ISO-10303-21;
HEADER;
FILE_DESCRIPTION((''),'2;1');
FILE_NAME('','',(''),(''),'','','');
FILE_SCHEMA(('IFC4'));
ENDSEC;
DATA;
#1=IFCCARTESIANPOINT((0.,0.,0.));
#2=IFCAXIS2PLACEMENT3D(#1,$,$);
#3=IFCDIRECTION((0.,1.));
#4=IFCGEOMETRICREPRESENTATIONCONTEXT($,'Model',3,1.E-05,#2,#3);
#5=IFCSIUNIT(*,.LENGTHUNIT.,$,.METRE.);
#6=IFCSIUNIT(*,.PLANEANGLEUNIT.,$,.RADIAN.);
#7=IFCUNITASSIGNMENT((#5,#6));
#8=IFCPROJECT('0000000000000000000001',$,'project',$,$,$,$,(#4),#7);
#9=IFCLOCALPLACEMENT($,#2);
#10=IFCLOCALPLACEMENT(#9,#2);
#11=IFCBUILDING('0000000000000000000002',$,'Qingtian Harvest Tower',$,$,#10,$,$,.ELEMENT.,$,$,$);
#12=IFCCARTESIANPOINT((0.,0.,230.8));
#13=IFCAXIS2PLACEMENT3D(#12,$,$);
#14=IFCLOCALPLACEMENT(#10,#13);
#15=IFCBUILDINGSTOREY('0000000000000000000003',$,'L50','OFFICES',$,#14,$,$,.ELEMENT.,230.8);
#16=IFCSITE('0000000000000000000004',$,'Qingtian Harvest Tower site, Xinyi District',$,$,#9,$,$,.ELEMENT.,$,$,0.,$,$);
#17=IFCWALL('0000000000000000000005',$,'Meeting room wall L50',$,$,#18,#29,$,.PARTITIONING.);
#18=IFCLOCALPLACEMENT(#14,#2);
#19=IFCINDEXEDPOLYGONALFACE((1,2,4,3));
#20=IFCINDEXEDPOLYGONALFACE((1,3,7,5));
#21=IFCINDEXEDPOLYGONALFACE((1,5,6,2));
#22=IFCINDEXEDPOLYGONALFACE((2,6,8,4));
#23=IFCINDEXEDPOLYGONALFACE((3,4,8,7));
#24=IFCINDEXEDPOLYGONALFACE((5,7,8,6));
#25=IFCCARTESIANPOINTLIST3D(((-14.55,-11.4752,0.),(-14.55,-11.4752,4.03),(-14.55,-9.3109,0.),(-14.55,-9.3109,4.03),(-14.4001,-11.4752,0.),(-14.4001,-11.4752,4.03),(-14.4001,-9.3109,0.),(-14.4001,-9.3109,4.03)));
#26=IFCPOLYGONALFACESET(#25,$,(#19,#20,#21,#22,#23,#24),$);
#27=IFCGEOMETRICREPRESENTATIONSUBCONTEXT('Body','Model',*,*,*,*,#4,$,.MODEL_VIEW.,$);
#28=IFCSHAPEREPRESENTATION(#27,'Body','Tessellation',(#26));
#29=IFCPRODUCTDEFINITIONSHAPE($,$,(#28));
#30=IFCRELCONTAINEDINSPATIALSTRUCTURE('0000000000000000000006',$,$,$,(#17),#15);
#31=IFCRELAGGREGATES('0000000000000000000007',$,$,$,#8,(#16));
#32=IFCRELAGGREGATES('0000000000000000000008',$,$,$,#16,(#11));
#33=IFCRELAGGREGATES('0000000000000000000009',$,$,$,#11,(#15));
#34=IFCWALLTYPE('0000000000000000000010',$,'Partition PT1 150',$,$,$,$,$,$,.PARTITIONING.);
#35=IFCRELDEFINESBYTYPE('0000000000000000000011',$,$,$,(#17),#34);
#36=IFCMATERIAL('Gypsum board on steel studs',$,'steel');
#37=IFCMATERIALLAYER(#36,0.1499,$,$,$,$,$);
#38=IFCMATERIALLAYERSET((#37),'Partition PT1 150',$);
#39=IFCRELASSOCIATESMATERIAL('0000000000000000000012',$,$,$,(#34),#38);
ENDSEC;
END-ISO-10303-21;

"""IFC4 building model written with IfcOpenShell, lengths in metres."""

from ifc_helpers import new_model, si_unit, direction, frame, frame_2d, origin, place, context, subcontext, project, spatial, rectangle, extrude, material, layer, layer_set, type_object, element, save


model = new_model("IFC4")

# Units and contexts
model_context = context("Model", 3, precision=1e-05, world=origin(), true_north=direction((0.0, 1.0)))
body_context = subcontext(model_context, "Body", "Model", "MODEL_VIEW")
ifc_project = project(units=[si_unit("LENGTHUNIT", "METRE"), si_unit("PLANEANGLEUNIT", "RADIAN")], contexts=[model_context])

# Site, building, storey
site_placement = place(None, origin())
site = spatial("IfcSite", under=ifc_project, at=site_placement, Name="Qingtian Harvest Tower site, Xinyi District", CompositionType="ELEMENT", RefElevation=0.0)
building_placement = place(site_placement, origin())
building = spatial("IfcBuilding", under=site, at=building_placement, Name="Qingtian Harvest Tower", CompositionType="ELEMENT")
storey_placement = place(building_placement, frame((0.0, 0.0, 230.8)))
storey = spatial("IfcBuildingStorey", under=building, at=storey_placement, Name="L50", Description="OFFICES", CompositionType="ELEMENT", Elevation=230.8)

# Shared definitions
ifc_material_1 = material(Name="Gypsum board on steel studs", Category="steel")
ifc_layer_1 = layer(ifc_material_1, 0.1499)
ifc_layer_set_1 = layer_set([ifc_layer_1], Name="Partition PT1 150")
wall_type_1 = type_object("IfcWallType", Name="Partition PT1 150", PredefinedType="PARTITIONING", material=ifc_layer_set_1)

# Wall
wall_1_placement = place(storey_placement, frame((-14.4751, -11.4751, 0.0), z_axis=(0.0, 0.0, 1.0), x_axis=(0.0, 1.0, 0.0)))
element("IfcWall", 1, at=wall_1_placement, inside=storey, type_object=wall_type_1, Name="Meeting room wall L50", PredefinedType="PARTITIONING", context=body_context, shape_type="SweptSolid", body=[
    extrude(rectangle(XDim=2.1643, YDim=0.1499, at=frame_2d((1.082, 0.0))), origin(), (0.0, 0.0, 1.0), 4.03),
])

save(model, "model.ifc")
